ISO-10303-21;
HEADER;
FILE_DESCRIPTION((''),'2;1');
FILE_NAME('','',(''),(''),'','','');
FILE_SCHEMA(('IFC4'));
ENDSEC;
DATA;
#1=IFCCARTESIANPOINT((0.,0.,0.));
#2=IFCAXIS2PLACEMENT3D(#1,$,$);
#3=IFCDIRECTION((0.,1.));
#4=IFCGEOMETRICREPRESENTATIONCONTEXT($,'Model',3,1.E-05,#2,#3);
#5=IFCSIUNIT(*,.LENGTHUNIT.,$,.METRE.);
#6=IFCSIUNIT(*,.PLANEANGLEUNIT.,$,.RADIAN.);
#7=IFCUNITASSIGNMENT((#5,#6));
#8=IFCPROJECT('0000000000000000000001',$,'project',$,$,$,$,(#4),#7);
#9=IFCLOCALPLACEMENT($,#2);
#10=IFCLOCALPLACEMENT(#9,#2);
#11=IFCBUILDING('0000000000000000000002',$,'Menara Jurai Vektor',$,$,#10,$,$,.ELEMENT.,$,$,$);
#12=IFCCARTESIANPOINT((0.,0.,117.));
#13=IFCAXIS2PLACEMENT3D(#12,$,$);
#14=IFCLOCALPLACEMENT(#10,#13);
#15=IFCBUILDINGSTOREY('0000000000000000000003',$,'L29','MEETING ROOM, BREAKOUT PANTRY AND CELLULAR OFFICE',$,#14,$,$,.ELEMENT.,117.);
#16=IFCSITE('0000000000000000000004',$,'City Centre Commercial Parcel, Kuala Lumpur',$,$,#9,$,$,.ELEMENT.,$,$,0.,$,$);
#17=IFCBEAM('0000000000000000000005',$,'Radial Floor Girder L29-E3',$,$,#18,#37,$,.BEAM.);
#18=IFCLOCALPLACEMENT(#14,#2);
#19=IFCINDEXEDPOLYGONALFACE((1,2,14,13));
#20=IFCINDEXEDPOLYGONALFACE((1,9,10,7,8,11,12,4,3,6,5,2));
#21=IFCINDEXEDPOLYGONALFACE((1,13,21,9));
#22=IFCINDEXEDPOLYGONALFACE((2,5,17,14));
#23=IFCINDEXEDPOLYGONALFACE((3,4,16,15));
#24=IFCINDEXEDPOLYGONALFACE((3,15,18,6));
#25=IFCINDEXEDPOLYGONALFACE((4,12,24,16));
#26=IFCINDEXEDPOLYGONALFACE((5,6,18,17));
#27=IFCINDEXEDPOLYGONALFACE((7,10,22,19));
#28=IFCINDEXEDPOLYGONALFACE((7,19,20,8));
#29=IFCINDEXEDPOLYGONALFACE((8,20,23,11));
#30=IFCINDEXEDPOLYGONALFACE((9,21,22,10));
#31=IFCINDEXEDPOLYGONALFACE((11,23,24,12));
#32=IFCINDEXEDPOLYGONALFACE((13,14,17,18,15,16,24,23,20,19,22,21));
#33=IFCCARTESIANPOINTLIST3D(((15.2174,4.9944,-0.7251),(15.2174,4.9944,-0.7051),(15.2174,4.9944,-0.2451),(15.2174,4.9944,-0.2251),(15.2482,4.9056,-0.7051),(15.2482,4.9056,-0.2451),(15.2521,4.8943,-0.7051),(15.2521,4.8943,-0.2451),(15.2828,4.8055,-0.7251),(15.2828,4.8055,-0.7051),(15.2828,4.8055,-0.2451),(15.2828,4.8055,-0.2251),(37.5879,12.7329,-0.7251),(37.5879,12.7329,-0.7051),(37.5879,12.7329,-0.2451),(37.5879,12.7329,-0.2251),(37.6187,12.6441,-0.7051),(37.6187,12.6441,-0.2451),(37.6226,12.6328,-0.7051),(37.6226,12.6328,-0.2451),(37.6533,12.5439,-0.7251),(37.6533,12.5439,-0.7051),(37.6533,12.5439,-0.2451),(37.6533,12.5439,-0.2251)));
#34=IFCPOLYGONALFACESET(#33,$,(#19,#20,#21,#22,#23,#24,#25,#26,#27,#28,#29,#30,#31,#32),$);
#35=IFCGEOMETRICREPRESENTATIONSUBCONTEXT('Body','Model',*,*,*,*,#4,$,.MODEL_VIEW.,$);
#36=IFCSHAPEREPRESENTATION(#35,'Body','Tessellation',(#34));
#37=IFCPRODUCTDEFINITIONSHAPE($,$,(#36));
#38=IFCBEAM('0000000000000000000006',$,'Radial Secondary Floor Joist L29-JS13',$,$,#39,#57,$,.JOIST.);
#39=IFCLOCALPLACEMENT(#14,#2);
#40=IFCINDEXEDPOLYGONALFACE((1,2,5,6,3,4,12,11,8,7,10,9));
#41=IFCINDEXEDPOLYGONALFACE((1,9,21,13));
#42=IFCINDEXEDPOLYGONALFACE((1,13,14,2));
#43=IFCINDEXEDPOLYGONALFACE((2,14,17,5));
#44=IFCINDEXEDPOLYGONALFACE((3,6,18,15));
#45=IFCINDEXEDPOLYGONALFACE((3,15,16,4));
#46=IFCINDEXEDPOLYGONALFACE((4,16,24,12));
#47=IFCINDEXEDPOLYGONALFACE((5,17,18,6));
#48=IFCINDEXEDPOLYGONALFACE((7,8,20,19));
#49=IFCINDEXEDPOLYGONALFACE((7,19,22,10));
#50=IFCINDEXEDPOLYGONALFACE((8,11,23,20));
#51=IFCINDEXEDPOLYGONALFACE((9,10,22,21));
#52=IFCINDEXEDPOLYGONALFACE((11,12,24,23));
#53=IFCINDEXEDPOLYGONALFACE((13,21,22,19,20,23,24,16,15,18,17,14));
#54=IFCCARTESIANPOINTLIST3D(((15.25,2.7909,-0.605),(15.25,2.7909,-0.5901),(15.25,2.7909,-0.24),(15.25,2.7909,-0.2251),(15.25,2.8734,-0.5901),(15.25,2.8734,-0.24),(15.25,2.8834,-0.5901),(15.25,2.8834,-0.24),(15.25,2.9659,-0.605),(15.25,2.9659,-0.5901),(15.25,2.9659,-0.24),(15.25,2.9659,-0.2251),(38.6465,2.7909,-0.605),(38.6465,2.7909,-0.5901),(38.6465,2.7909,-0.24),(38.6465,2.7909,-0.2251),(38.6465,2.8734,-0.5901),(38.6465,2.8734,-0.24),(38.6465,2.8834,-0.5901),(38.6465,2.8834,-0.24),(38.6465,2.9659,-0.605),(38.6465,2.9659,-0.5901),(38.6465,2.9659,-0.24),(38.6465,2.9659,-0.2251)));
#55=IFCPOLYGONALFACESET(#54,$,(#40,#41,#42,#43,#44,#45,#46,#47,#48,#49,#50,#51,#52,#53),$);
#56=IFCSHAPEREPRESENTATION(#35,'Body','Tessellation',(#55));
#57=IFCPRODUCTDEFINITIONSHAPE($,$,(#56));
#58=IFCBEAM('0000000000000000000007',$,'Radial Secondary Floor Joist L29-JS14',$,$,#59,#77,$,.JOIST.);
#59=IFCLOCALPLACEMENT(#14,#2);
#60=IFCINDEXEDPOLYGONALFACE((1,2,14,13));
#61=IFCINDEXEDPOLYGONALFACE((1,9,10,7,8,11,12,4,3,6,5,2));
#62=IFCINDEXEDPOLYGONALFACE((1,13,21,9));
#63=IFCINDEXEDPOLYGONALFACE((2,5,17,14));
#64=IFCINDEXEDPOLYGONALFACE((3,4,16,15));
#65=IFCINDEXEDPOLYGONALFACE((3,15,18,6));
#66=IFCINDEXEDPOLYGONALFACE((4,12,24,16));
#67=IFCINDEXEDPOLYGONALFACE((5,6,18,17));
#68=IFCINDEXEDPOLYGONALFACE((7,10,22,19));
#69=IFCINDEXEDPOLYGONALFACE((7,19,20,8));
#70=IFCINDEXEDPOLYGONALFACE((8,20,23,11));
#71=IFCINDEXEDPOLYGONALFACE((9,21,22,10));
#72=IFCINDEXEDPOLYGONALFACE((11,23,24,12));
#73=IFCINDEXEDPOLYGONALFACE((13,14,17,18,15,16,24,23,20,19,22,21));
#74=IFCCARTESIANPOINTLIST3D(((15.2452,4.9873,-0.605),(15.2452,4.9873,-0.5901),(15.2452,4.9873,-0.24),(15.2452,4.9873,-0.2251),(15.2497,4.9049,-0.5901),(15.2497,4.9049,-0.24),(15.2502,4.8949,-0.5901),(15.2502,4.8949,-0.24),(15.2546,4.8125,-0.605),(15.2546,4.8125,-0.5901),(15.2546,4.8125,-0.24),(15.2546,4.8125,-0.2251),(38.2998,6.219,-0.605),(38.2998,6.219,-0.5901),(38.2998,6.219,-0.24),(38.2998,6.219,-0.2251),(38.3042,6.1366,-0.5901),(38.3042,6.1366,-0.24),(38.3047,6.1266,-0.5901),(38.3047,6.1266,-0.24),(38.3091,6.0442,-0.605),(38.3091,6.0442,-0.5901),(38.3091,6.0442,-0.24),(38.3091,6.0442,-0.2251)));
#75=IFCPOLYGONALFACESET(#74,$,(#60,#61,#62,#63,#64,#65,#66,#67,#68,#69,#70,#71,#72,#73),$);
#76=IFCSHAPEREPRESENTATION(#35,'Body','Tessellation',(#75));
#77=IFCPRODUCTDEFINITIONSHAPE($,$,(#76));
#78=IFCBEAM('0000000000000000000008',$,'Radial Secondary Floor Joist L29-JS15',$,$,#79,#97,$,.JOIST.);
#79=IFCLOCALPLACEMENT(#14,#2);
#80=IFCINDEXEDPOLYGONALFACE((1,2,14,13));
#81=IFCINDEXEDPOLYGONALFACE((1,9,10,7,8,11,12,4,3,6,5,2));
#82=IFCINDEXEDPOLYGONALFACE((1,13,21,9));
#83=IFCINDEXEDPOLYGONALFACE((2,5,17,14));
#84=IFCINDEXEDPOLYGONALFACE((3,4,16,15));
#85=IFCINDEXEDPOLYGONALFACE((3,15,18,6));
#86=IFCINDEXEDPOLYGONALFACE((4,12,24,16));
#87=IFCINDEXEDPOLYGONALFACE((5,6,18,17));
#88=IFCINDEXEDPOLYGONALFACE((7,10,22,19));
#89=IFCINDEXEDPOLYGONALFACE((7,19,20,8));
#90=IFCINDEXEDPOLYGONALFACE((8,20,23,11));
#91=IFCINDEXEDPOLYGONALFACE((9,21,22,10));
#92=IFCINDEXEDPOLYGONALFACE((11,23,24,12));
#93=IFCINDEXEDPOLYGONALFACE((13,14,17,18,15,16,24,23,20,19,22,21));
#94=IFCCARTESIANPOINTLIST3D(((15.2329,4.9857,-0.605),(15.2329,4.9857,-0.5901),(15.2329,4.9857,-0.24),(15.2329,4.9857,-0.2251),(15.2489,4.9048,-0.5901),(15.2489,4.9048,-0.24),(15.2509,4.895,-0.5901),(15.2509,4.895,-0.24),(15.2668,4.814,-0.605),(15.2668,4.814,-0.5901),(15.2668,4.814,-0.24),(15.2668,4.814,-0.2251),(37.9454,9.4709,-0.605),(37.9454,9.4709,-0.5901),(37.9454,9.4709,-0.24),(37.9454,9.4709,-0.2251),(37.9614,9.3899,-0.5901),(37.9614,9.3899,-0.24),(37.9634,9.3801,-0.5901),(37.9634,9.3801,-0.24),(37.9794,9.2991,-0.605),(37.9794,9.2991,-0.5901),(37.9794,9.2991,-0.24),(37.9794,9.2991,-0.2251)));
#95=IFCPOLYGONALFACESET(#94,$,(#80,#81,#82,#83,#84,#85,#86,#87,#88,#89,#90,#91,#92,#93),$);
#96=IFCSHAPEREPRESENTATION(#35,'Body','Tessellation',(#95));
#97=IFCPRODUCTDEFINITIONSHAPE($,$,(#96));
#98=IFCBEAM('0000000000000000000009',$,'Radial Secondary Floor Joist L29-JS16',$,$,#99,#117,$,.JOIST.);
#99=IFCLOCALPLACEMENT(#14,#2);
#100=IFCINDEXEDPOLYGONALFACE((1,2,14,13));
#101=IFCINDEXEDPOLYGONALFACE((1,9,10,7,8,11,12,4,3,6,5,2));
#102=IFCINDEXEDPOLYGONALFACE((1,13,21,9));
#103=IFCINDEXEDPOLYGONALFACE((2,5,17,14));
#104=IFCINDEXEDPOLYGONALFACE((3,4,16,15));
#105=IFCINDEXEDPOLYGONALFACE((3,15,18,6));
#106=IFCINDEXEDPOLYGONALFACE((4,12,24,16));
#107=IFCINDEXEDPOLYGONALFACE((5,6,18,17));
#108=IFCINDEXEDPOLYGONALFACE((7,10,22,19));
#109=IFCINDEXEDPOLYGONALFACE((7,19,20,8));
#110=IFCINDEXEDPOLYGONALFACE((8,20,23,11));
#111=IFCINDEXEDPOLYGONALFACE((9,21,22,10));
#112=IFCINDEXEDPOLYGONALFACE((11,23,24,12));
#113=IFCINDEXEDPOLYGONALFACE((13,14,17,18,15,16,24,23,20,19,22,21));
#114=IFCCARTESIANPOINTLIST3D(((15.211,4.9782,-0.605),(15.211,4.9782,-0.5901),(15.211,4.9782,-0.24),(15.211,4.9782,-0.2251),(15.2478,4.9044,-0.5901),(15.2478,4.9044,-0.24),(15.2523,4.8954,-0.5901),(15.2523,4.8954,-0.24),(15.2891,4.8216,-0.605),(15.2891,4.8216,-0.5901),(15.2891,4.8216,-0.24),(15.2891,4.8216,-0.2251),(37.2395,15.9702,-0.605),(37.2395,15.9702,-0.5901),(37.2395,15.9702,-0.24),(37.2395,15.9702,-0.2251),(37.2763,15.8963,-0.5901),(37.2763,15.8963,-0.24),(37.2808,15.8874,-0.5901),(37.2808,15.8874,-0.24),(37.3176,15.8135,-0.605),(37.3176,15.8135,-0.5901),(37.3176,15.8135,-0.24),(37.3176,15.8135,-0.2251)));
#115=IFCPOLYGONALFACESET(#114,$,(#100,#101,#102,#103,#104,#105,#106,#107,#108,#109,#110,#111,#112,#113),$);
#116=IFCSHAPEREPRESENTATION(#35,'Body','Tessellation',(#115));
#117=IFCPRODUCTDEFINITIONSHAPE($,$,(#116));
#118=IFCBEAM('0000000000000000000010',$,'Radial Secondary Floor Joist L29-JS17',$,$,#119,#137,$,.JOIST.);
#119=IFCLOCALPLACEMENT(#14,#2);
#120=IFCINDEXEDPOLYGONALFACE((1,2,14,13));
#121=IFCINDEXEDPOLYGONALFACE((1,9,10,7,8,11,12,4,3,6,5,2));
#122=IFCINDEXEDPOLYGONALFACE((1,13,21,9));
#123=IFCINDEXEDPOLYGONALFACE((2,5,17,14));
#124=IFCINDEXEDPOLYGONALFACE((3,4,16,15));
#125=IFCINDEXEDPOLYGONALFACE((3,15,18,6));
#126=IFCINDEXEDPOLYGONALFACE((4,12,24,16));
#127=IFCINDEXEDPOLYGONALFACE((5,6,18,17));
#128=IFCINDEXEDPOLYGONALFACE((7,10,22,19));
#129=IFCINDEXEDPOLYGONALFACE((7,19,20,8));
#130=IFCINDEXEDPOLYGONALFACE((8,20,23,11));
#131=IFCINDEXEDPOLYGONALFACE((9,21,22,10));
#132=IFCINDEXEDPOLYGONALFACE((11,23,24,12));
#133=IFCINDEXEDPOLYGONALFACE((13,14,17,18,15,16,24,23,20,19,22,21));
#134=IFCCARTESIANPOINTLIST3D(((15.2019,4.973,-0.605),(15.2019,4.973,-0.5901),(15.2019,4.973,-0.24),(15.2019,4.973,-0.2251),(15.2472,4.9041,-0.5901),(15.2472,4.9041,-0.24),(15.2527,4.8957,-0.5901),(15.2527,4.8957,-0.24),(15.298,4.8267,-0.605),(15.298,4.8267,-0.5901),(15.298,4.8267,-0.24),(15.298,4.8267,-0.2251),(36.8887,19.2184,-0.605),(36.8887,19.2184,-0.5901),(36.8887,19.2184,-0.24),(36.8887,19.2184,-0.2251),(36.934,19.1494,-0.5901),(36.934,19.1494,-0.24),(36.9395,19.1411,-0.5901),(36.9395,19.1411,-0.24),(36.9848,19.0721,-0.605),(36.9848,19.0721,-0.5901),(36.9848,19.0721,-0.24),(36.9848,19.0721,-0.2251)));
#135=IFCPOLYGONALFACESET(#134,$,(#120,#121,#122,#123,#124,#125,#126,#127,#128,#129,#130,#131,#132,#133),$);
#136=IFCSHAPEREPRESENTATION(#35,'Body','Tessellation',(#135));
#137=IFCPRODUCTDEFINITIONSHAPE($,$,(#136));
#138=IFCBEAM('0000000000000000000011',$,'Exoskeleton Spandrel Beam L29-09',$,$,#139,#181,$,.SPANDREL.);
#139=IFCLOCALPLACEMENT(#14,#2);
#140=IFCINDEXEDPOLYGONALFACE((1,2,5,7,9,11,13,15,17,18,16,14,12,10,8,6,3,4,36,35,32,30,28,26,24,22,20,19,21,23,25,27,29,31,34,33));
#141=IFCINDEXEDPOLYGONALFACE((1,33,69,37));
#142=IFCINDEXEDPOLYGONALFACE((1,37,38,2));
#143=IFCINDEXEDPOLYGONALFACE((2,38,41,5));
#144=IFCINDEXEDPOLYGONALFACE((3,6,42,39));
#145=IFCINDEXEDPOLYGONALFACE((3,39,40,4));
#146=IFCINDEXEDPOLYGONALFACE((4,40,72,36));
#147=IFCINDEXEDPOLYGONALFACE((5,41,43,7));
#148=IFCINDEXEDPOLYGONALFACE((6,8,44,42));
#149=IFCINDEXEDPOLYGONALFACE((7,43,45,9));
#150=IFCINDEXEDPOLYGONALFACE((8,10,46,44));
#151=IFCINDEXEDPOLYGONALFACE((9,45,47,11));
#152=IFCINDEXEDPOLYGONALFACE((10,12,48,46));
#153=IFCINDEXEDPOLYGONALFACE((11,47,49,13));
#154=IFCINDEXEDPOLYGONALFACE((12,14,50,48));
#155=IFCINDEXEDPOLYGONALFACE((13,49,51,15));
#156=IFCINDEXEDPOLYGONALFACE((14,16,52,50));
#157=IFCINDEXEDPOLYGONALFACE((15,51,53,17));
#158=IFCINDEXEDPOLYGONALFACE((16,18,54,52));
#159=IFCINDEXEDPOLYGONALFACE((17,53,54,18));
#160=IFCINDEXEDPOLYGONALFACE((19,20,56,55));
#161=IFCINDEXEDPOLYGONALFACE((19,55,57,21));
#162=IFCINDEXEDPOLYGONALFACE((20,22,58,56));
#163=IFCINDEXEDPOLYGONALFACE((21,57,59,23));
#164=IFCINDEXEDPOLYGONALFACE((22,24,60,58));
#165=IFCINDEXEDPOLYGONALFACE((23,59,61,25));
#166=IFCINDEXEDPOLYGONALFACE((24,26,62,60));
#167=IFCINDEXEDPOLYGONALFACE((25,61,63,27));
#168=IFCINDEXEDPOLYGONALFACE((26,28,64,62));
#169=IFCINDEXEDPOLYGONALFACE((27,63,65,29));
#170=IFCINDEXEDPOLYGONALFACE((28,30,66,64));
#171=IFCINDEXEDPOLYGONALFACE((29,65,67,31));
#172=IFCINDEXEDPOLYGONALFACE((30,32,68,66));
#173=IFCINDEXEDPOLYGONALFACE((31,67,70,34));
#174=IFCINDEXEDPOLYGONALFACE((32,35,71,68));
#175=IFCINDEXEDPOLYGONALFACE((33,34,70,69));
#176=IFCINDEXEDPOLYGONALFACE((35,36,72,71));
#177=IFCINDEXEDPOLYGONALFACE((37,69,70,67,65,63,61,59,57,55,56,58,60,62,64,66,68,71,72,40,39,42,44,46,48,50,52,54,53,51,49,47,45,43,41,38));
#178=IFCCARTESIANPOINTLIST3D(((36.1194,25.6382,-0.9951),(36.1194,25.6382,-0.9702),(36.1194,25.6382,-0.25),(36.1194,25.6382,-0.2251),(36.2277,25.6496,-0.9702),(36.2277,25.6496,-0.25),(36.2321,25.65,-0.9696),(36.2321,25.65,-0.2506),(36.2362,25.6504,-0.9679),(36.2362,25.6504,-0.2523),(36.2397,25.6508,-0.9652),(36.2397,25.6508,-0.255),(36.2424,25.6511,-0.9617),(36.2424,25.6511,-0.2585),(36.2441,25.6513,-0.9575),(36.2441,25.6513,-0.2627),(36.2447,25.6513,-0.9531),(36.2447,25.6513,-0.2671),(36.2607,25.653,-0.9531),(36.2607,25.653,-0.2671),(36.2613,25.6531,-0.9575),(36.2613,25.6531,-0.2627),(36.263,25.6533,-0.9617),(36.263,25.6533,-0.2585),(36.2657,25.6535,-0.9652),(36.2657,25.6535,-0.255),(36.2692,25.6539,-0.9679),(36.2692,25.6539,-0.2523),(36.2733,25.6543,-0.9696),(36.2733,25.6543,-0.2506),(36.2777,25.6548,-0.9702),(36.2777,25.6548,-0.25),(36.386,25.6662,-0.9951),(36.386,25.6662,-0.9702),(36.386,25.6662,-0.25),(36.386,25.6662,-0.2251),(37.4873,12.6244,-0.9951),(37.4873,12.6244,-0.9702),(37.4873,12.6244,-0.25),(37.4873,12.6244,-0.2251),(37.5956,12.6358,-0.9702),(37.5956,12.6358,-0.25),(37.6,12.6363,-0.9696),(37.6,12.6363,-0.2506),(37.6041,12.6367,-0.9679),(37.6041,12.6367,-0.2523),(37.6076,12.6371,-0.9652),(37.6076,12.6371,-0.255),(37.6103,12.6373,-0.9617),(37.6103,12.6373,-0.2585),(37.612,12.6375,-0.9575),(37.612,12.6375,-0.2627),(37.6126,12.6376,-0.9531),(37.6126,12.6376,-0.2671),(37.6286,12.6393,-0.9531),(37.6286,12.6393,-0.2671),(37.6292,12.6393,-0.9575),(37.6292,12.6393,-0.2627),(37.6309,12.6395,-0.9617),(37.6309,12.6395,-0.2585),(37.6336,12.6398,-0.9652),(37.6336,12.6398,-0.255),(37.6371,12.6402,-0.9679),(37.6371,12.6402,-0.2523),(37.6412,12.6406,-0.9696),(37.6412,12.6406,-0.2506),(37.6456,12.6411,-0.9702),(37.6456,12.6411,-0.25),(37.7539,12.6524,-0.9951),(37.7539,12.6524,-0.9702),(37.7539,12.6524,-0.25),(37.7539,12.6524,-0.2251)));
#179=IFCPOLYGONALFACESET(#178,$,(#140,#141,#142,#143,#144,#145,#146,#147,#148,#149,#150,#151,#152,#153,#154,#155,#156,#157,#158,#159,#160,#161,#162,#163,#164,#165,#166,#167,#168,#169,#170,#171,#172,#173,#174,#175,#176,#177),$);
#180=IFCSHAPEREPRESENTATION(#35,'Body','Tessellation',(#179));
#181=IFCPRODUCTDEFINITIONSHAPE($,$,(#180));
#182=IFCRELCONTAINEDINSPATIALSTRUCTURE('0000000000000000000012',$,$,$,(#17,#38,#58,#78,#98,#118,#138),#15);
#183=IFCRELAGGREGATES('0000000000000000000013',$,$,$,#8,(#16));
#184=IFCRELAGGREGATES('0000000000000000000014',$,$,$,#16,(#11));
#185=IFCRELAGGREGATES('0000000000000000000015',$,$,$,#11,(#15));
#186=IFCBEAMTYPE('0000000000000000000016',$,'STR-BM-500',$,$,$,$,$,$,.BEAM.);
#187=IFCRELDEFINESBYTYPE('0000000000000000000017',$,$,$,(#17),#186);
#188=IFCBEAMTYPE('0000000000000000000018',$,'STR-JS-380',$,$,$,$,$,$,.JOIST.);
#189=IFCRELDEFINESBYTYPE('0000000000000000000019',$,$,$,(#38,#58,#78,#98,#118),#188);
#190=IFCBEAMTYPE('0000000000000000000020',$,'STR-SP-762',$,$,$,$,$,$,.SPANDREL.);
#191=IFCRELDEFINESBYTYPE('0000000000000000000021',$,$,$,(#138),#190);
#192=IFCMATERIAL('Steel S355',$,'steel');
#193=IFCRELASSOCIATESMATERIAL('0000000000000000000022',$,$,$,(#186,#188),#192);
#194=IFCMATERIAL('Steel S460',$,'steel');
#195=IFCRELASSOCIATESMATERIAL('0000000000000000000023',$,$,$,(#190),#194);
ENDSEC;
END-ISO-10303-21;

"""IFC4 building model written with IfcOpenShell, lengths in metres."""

from ifc_helpers import new_model, si_unit, direction, frame, origin, origin_2d, place, context, subcontext, project, spatial, i_section, extrude, material, material_profile, profile_set, type_object, element, save


model = new_model("IFC4")

# Units and contexts
model_context = context("Model", 3, precision=1e-05, world=origin(), true_north=direction((0.0, 1.0)))
body_context = subcontext(model_context, "Body", "Model", "MODEL_VIEW")
ifc_project = project(units=[si_unit("LENGTHUNIT", "METRE"), si_unit("PLANEANGLEUNIT", "RADIAN")], contexts=[model_context])

# Site, building, storey
site_placement = place(None, origin())
site = spatial("IfcSite", under=ifc_project, at=site_placement, Name="City Centre Commercial Parcel, Kuala Lumpur", CompositionType="ELEMENT", RefElevation=0.0)
building_placement = place(site_placement, origin())
building = spatial("IfcBuilding", under=site, at=building_placement, Name="Menara Jurai Vektor", CompositionType="ELEMENT")
storey_placement = place(building_placement, frame((0.0, 0.0, 117.0)))
storey = spatial("IfcBuildingStorey", under=building, at=storey_placement, Name="L29", Description="MEETING ROOM, BREAKOUT PANTRY AND CELLULAR OFFICE", CompositionType="ELEMENT", Elevation=117.0)

# Shared definitions
ifc_material_1 = material(Name="Steel S460", Category="steel")

# Beams
ifc_material_2 = material(Name="Steel S355", Category="steel")
ifc_material_profile_1 = material_profile(ifc_material_2, i_section(OverallWidth=0.2, OverallDepth=0.5, WebThickness=0.012, FlangeThickness=0.02, at=origin_2d()), Name="PG 500x200x96")
ifc_profile_set_1 = profile_set([ifc_material_profile_1], Name="Steel S355")
beam_type_1 = type_object("IfcBeamType", Name="STR-BM-500", PredefinedType="BEAM", material=ifc_profile_set_1)
beam_1_placement = place(storey_placement, frame((37.6206, 12.6384, -0.4751), z_axis=(-0.945053, -0.326916, 0.0), x_axis=(0.326916, -0.945053, 0.0)))
element("IfcBeam", 1, at=beam_1_placement, inside=storey, type_object=beam_type_1, Name="Radial Floor Girder L29-E3", PredefinedType="BEAM", context=body_context, shape_type="SweptSolid", body=[
    extrude(i_section(OverallWidth=0.2, OverallDepth=0.5, WebThickness=0.012, FlangeThickness=0.02, at=origin_2d()), origin(), (0.0, 0.0, 1.0), 23.6711),
])
ifc_material_profile_2 = material_profile(ifc_material_2, i_section(OverallWidth=0.175, OverallDepth=0.3799, WebThickness=0.01, FlangeThickness=0.0149, at=origin_2d()), Name="PG 380x175x58")
ifc_profile_set_2 = profile_set([ifc_material_profile_2], Name="Steel S355")
beam_type_2 = type_object("IfcBeamType", Name="STR-JS-380", PredefinedType="JOIST", material=ifc_profile_set_2)
beam_2_placement = place(storey_placement, frame((38.6465, 2.8784, -0.415), z_axis=(-1.0, 0.0, 0.0), x_axis=(0.0, -1.0, 0.0)))
element("IfcBeam", 2, at=beam_2_placement, inside=storey, type_object=beam_type_2, Name="Radial Secondary Floor Joist L29-JS13", PredefinedType="JOIST", context=body_context, shape_type="SweptSolid", body=[
    extrude(i_section(OverallWidth=0.175, OverallDepth=0.3799, WebThickness=0.01, FlangeThickness=0.0149, at=origin_2d()), origin(), (0.0, 0.0, 1.0), 23.3965),
])
beam_3_placement = place(storey_placement, frame((38.3044, 6.1316, -0.415), z_axis=(-0.998576, -0.053349, 0.0), x_axis=(0.053349, -0.998576, 0.0)))
element("IfcBeam", 3, at=beam_3_placement, inside=storey, type_object=beam_type_2, Name="Radial Secondary Floor Joist L29-JS14", PredefinedType="JOIST", context=body_context, shape_type="SweptSolid", body=[
    extrude(i_section(OverallWidth=0.175, OverallDepth=0.3799, WebThickness=0.01, FlangeThickness=0.0149, at=origin_2d()), origin(), (0.0, 0.0, 1.0), 23.0874),
])
beam_4_placement = place(storey_placement, frame((37.9624, 9.385, -0.415), z_axis=(-0.981054, -0.193733, 0.0), x_axis=(0.193733, -0.981054, 0.0)))
element("IfcBeam", 4, at=beam_4_placement, inside=storey, type_object=beam_type_2, Name="Radial Secondary Floor Joist L29-JS15", PredefinedType="JOIST", context=body_context, shape_type="SweptSolid", body=[
    extrude(i_section(OverallWidth=0.175, OverallDepth=0.3799, WebThickness=0.01, FlangeThickness=0.0149, at=origin_2d()), origin(), (0.0, 0.0, 1.0), 23.1511),
])
beam_5_placement = place(storey_placement, frame((37.2786, 15.8918, -0.415), z_axis=(-0.89479, -0.446488, 0.0), x_axis=(0.446488, -0.89479, 0.0)))
element("IfcBeam", 5, at=beam_5_placement, inside=storey, type_object=beam_type_2, Name="Radial Secondary Floor Joist L29-JS16", PredefinedType="JOIST", context=body_context, shape_type="SweptSolid", body=[
    extrude(i_section(OverallWidth=0.175, OverallDepth=0.3799, WebThickness=0.01, FlangeThickness=0.0149, at=origin_2d()), origin(), (0.0, 0.0, 1.0), 24.6187),
])
beam_6_placement = place(storey_placement, frame((36.9368, 19.1453, -0.415), z_axis=(-0.835811, -0.549018, 0.0), x_axis=(0.549018, -0.835811, 0.0)))
element("IfcBeam", 6, at=beam_6_placement, inside=storey, type_object=beam_type_2, Name="Radial Secondary Floor Joist L29-JS17", PredefinedType="JOIST", context=body_context, shape_type="SweptSolid", body=[
    extrude(i_section(OverallWidth=0.175, OverallDepth=0.3799, WebThickness=0.01, FlangeThickness=0.0149, at=origin_2d()), origin(), (0.0, 0.0, 1.0), 25.947),
])
ifc_material_profile_3 = material_profile(ifc_material_1, i_section(OverallWidth=0.2681, OverallDepth=0.77, WebThickness=0.0161, FlangeThickness=0.0249, FilletRadius=0.0171, at=origin_2d()), Name="UKB 762x267x197")
ifc_profile_set_3 = profile_set([ifc_material_profile_3], Name="Steel S460")
beam_type_3 = type_object("IfcBeamType", Name="STR-SP-762", PredefinedType="SPANDREL", material=ifc_profile_set_3)
beam_7_placement = place(storey_placement, frame((37.6206, 12.6384, -0.6101), z_axis=(-0.104538, 0.994521, 0.0), x_axis=(-0.994521, -0.104538, 0.0)))
element("IfcBeam", 7, at=beam_7_placement, inside=storey, type_object=beam_type_3, Name="Exoskeleton Spandrel Beam L29-09", PredefinedType="SPANDREL", context=body_context, shape_type="SweptSolid", body=[
    extrude(i_section(OverallWidth=0.2681, OverallDepth=0.77, WebThickness=0.0161, FlangeThickness=0.0249, FilletRadius=0.0171, at=origin_2d()), origin(), (0.0, 0.0, 1.0), 13.0854),
])

save(model, "model.ifc")
